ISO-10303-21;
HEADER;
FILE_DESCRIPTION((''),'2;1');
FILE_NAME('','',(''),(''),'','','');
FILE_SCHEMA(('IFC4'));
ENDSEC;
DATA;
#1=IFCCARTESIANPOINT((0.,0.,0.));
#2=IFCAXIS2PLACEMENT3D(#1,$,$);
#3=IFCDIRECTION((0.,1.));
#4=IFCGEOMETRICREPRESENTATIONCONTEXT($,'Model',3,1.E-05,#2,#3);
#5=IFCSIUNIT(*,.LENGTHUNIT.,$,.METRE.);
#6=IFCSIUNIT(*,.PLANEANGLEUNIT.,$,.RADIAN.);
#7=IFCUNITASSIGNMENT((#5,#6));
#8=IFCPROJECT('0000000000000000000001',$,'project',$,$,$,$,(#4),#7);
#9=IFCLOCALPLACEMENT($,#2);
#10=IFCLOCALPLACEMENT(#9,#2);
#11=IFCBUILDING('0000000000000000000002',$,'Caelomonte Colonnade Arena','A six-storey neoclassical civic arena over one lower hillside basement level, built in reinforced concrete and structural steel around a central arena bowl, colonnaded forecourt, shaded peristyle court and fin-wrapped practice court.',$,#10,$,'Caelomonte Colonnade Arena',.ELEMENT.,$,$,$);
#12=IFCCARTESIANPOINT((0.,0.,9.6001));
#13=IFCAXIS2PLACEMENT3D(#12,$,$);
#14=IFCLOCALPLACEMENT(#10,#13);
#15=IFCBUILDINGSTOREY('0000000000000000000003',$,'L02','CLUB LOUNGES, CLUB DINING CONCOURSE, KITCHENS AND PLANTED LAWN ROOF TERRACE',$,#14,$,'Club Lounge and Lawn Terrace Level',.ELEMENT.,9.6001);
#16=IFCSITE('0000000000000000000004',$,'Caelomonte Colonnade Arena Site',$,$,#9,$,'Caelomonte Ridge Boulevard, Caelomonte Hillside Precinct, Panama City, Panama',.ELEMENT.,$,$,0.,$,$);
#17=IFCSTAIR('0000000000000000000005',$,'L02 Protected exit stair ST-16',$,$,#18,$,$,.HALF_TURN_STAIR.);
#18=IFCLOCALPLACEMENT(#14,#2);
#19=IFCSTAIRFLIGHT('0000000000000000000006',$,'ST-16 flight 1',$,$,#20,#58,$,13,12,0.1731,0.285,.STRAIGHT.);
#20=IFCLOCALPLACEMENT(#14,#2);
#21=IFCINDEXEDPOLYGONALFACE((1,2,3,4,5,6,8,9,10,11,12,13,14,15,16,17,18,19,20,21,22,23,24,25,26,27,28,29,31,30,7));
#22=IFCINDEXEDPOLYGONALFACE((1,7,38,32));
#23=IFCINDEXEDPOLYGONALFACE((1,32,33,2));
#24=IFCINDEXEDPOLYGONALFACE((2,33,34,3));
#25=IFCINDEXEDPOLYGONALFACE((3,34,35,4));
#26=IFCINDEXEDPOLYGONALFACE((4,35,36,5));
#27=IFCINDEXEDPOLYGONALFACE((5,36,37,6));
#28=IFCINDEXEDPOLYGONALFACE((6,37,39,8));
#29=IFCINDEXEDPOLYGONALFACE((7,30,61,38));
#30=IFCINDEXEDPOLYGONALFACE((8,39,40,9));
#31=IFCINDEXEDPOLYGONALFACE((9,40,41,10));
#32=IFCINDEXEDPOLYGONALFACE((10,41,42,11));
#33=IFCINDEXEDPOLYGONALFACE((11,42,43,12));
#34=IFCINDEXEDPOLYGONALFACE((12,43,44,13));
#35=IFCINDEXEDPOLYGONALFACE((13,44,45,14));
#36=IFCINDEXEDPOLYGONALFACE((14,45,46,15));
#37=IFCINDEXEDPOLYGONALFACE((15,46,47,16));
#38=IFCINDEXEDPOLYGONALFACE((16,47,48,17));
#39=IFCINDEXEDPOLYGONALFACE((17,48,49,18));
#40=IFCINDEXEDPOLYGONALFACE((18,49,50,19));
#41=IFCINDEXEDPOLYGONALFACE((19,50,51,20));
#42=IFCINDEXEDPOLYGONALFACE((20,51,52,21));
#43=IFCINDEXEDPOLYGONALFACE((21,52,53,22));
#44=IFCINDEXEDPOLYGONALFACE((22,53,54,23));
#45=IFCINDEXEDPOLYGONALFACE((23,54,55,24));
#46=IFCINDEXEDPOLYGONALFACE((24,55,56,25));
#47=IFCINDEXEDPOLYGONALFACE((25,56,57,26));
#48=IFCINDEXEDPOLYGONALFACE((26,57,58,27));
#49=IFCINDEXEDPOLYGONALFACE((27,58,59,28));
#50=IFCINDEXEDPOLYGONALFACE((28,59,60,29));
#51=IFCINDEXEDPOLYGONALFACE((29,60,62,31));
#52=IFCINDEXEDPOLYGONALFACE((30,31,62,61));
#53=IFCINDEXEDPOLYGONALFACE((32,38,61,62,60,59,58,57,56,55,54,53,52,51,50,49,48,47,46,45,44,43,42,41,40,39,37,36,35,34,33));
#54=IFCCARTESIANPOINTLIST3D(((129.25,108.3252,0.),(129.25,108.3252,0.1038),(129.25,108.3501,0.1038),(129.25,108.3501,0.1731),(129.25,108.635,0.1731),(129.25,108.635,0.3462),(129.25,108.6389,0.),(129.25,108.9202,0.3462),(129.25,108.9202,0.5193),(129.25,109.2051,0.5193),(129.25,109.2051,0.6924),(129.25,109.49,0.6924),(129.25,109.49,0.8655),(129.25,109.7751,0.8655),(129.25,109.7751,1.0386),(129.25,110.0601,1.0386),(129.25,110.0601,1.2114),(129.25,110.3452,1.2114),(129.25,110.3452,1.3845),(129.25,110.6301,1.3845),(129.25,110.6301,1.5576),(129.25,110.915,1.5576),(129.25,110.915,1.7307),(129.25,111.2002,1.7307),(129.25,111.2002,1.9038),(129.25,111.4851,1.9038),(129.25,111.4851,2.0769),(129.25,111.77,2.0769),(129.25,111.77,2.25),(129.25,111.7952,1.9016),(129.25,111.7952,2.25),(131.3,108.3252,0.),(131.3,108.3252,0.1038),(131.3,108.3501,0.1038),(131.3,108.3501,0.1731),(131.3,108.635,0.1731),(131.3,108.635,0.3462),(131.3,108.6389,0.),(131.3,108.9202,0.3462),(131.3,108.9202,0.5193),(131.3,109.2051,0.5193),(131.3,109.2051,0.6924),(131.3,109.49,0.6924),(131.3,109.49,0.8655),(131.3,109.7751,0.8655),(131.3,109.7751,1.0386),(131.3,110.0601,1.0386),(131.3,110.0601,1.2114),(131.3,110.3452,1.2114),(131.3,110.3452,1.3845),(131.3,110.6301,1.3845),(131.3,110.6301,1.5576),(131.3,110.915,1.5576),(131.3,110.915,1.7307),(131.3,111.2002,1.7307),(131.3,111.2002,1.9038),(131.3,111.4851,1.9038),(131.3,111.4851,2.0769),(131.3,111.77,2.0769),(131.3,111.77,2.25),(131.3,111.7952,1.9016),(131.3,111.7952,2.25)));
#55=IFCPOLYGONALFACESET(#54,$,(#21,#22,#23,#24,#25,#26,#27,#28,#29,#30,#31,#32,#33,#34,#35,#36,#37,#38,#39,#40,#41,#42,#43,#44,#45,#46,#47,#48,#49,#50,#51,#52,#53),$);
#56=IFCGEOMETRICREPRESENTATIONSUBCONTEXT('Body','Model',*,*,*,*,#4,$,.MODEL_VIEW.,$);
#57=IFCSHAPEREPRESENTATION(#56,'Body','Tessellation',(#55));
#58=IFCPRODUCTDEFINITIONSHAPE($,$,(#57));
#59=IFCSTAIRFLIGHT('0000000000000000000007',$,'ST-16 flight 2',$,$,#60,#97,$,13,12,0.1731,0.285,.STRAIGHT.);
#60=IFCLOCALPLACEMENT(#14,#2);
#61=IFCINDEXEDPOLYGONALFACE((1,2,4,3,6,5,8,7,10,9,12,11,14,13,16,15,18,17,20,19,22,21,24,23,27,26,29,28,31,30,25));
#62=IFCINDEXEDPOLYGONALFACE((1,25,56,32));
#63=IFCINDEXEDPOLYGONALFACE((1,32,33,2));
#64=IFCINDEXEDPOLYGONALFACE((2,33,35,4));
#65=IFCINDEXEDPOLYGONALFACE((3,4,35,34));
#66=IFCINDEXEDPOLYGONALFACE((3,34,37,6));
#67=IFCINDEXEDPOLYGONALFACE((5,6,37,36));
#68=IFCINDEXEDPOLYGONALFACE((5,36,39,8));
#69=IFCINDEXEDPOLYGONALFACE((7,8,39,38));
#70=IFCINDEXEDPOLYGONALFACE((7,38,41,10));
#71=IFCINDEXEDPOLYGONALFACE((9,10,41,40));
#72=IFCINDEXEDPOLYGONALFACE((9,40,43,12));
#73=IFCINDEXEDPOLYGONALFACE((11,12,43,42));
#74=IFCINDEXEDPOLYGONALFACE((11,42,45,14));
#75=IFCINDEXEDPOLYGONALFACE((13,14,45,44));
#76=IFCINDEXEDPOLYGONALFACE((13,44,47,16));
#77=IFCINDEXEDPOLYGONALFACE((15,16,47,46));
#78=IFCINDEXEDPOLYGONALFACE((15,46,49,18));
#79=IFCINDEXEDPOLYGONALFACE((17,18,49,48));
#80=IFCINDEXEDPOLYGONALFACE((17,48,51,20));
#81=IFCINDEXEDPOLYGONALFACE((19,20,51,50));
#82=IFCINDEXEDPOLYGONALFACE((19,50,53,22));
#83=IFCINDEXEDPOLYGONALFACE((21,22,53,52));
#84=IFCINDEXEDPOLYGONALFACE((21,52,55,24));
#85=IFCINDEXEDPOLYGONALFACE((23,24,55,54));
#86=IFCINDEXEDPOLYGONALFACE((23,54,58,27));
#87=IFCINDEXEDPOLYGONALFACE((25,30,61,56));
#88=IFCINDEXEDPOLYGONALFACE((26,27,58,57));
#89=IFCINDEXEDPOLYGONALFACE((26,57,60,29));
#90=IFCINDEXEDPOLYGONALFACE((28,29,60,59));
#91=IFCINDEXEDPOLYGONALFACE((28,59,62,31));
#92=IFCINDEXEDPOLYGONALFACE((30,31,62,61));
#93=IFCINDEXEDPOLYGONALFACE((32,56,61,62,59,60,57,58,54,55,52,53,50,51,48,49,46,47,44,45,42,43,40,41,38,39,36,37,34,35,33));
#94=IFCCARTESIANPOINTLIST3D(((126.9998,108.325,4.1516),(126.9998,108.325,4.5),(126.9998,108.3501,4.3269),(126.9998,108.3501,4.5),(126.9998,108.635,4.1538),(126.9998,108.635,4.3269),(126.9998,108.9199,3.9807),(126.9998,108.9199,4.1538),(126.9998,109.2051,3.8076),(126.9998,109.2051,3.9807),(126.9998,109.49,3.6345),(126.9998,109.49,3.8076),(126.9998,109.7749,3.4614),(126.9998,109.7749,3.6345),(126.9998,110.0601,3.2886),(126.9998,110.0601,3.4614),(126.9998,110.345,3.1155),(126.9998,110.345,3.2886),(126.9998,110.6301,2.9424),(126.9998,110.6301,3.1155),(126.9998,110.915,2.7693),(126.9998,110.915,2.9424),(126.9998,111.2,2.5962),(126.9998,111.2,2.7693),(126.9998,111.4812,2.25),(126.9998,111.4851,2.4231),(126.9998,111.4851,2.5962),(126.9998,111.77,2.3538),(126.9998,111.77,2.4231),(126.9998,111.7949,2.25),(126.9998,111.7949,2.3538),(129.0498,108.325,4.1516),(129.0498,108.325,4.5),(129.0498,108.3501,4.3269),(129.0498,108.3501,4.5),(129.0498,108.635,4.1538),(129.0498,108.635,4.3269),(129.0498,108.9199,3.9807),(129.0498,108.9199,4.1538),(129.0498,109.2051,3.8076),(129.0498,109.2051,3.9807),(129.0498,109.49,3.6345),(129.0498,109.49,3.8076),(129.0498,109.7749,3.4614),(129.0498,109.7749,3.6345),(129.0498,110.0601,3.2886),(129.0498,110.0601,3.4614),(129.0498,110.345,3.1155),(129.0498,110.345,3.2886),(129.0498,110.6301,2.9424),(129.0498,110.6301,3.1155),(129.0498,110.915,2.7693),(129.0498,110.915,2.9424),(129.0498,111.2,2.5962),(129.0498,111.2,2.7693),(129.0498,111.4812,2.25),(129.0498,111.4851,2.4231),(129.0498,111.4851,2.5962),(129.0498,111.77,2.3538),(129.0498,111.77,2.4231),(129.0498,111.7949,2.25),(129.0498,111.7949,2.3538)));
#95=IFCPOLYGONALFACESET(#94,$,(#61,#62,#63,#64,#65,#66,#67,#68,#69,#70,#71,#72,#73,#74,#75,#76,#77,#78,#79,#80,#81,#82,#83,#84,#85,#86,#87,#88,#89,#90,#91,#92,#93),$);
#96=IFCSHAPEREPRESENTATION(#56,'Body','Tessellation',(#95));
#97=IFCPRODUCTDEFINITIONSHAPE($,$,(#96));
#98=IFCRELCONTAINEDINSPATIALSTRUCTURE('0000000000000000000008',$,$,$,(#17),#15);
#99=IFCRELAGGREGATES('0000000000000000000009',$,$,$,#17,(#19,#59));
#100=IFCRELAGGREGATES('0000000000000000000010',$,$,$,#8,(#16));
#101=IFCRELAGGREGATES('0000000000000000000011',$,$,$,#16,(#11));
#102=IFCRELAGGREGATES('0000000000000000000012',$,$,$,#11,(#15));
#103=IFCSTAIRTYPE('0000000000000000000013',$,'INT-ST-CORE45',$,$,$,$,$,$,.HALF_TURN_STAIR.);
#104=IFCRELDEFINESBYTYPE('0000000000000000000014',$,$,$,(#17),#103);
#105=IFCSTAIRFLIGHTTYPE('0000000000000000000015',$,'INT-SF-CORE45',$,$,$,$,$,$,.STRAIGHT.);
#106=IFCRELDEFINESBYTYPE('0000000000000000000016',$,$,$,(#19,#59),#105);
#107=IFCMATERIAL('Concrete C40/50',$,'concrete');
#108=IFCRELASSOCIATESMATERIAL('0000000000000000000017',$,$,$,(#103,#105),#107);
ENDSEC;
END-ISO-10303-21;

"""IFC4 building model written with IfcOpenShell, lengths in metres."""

from ifc_helpers import new_model, si_unit, direction, frame, origin, place, context, subcontext, project, spatial, polyline, outline, extrude, material, type_object, element, aggregate, save


model = new_model("IFC4")

# Units and contexts
model_context = context("Model", 3, precision=1e-05, world=origin(), true_north=direction((0.0, 1.0)))
body_context = subcontext(model_context, "Body", "Model", "MODEL_VIEW")
ifc_project = project(units=[si_unit("LENGTHUNIT", "METRE"), si_unit("PLANEANGLEUNIT", "RADIAN")], contexts=[model_context])

# Site, building, storey
site_placement = place(None, origin())
site = spatial("IfcSite", under=ifc_project, at=site_placement, Name="Caelomonte Colonnade Arena Site", LongName="Caelomonte Ridge Boulevard, Caelomonte Hillside Precinct, Panama City, Panama", CompositionType="ELEMENT", RefElevation=0.0)
building_placement = place(site_placement, origin())
building = spatial("IfcBuilding", under=site, at=building_placement, Name="Caelomonte Colonnade Arena", Description="A six-storey neoclassical civic arena over one lower hillside basement level, built in reinforced concrete and structural steel around a central arena bowl, colonnaded forecourt, shaded peristyle court and fin-wrapped practice court.", LongName="Caelomonte Colonnade Arena", CompositionType="ELEMENT")
storey_placement = place(building_placement, frame((0.0, 0.0, 9.6001)))
storey = spatial("IfcBuildingStorey", under=building, at=storey_placement, Name="L02", Description="CLUB LOUNGES, CLUB DINING CONCOURSE, KITCHENS AND PLANTED LAWN ROOF TERRACE", LongName="Club Lounge and Lawn Terrace Level", CompositionType="ELEMENT", Elevation=9.6001)

# Stair, stair flights
ifc_material_1 = material(Name="Concrete C40/50", Category="concrete")
stair_type = type_object("IfcStairType", Name="INT-ST-CORE45", PredefinedType="HALF_TURN_STAIR", material=ifc_material_1)
stair_placement = place(storey_placement, origin())
stair = element("IfcStair", 1, at=stair_placement, inside=storey, type_object=stair_type, Name="L02 Protected exit stair ST-16", PredefinedType="HALF_TURN_STAIR")
stair_flight_type = type_object("IfcStairFlightType", Name="INT-SF-CORE45", PredefinedType="STRAIGHT", material=ifc_material_1)
stair_flight_1_placement = place(storey_placement, frame((130.2749, 108.3501, 0.0), z_axis=(0.0, 0.0, 1.0), x_axis=(0.0, 1.0, 0.0)))
stair_flight_1 = element("IfcStairFlight", 2, at=stair_flight_1_placement, type_object=stair_flight_type, Name="ST-16 flight 1", NumberOfRisers=13, NumberOfTreads=12, PredefinedType="STRAIGHT", RiserHeight=0.1731, TreadLength=0.285, context=body_context, shape_type="SweptSolid", body=[
    extrude(outline(polyline([(-0.0249, 0.0), (-0.0249, 0.1038), (0.0, 0.1038), (0.0, 0.1731), (0.2849, 0.1731), (0.2849, 0.3462), (0.5701, 0.3462), (0.5701, 0.5193), (0.855, 0.5193), (0.855, 0.6924), (1.1399, 0.6924), (1.1399, 0.8655), (1.425, 0.8655), (1.425, 1.0386), (1.71, 1.0386), (1.71, 1.2114), (1.9951, 1.2114), (1.9951, 1.3845), (2.28, 1.3845), (2.28, 1.5576), (2.5649, 1.5576), (2.5649, 1.7307), (2.8501, 1.7307), (2.8501, 1.9038), (3.135, 1.9038), (3.135, 2.0769), (3.4199, 2.0769), (3.4199, 2.25), (3.4451, 2.25), (3.4451, 1.9016), (0.2888, 0.0), (-0.0249, 0.0)])), frame((0.0, 1.0249, 0.0), z_axis=(0.0, -1.0, 0.0), x_axis=(1.0, 0.0, 0.0)), (0.0, 0.0, 1.0), 2.05),
])
stair_flight_2_placement = place(storey_placement, frame((128.0249, 111.77, 2.25), z_axis=(0.0, 0.0, 1.0), x_axis=(0.0, -1.0, 0.0)))
stair_flight_2 = element("IfcStairFlight", 3, at=stair_flight_2_placement, type_object=stair_flight_type, Name="ST-16 flight 2", NumberOfRisers=13, NumberOfTreads=12, PredefinedType="STRAIGHT", RiserHeight=0.1731, TreadLength=0.285, context=body_context, shape_type="SweptSolid", body=[
    extrude(outline(polyline([(-0.0249, 0.0), (-0.0249, 0.1038), (0.0, 0.1038), (0.0, 0.1731), (0.2849, 0.1731), (0.2849, 0.3462), (0.5701, 0.3462), (0.5701, 0.5193), (0.855, 0.5193), (0.855, 0.6924), (1.1399, 0.6924), (1.1399, 0.8655), (1.425, 0.8655), (1.425, 1.0386), (1.71, 1.0386), (1.71, 1.2114), (1.9951, 1.2114), (1.9951, 1.3845), (2.28, 1.3845), (2.28, 1.5576), (2.5649, 1.5576), (2.5649, 1.7307), (2.8501, 1.7307), (2.8501, 1.9038), (3.135, 1.9038), (3.135, 2.0769), (3.4199, 2.0769), (3.4199, 2.25), (3.4451, 2.25), (3.4451, 1.9016), (0.2888, 0.0), (-0.0249, 0.0)])), frame((0.0, 1.0249, 0.0), z_axis=(0.0, -1.0, 0.0), x_axis=(1.0, 0.0, 0.0)), (0.0, 0.0, 1.0), 2.05),
])
aggregate(stair, [stair_flight_1, stair_flight_2])

save(model, "model.ifc")
